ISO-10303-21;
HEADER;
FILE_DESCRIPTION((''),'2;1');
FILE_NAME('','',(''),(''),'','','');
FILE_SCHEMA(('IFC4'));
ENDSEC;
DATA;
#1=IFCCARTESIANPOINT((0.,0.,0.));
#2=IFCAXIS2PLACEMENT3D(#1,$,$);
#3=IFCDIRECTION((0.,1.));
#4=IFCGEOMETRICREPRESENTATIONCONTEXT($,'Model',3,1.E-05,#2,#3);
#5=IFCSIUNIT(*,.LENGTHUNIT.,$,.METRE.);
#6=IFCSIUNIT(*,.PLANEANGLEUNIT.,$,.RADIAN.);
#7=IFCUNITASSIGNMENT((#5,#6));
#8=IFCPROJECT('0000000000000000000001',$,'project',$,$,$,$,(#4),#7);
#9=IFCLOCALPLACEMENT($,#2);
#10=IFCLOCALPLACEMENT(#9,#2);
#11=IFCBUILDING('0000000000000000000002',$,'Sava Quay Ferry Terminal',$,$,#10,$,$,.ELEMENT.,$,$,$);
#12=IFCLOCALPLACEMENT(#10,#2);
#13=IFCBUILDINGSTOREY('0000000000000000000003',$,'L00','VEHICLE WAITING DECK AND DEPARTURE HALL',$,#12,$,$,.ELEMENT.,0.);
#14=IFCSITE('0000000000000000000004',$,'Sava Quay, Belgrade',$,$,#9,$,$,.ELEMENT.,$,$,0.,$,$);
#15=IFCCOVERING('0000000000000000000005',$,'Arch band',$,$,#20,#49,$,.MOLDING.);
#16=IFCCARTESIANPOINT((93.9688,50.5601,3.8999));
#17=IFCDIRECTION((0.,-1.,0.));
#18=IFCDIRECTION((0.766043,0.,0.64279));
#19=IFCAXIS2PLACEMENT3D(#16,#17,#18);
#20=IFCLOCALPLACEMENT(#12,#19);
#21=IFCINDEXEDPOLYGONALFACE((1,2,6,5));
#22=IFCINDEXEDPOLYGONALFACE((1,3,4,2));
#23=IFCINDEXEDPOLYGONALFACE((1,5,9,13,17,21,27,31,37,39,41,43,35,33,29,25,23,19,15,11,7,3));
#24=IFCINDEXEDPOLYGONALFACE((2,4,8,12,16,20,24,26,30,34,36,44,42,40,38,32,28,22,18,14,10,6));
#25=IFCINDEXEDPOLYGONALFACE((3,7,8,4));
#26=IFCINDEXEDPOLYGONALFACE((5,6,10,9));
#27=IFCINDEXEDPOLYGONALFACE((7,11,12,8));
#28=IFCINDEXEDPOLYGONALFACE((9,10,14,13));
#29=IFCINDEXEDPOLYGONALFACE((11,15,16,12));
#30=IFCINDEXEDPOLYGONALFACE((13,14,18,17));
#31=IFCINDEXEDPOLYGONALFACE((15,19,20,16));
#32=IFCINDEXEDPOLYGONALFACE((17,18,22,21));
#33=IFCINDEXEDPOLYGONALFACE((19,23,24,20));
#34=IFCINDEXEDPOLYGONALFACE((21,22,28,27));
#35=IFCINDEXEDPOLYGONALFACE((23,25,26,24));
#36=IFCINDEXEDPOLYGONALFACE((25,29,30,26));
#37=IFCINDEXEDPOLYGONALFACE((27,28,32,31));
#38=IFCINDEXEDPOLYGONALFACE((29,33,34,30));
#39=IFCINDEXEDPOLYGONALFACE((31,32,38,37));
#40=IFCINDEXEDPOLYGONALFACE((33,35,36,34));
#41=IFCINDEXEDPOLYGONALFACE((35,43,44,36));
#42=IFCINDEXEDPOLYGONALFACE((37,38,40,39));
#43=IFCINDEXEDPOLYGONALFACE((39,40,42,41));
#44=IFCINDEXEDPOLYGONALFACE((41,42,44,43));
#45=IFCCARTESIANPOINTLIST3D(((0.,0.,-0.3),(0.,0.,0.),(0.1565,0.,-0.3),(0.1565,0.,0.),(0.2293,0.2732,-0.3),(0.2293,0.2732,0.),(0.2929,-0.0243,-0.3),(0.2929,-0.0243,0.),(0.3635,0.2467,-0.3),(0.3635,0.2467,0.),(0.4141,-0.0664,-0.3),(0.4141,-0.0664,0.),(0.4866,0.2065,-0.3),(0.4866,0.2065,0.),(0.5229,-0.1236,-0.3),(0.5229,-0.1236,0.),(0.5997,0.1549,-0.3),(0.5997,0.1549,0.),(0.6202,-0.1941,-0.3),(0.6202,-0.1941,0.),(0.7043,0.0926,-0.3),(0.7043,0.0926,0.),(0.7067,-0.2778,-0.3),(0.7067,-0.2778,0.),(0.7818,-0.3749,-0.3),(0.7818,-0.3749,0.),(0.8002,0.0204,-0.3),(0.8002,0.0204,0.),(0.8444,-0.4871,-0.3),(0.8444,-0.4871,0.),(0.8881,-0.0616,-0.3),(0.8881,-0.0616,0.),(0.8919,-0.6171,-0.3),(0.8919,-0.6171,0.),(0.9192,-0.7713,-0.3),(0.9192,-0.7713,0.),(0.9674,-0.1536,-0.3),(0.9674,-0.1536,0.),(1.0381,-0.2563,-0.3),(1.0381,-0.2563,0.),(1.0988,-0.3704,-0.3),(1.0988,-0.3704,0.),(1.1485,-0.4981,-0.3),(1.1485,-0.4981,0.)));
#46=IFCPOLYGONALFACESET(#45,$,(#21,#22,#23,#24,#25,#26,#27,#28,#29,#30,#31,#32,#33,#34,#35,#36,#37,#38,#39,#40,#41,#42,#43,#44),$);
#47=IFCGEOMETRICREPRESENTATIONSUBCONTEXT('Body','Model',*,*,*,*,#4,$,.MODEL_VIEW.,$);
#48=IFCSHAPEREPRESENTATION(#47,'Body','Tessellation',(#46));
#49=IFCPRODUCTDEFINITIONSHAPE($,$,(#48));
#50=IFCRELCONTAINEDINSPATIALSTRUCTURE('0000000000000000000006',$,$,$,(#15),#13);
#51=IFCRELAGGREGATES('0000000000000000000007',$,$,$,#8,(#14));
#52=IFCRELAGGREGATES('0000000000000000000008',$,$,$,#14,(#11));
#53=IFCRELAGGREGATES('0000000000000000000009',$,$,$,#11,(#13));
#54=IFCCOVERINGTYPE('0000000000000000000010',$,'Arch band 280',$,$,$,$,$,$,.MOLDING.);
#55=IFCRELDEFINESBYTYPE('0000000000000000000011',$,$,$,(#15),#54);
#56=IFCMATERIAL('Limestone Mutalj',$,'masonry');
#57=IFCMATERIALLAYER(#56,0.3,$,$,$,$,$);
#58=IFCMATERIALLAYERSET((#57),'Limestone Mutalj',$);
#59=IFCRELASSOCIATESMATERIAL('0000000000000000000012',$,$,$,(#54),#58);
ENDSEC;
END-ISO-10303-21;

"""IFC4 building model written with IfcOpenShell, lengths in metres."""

from ifc_helpers import new_model, si_unit, direction, frame, origin, place, context, subcontext, project, spatial, polyline, outline, extrude, material, layer, layer_set, type_object, element, save


model = new_model("IFC4")

# Units and contexts
model_context = context("Model", 3, precision=1e-05, world=origin(), true_north=direction((0.0, 1.0)))
body_context = subcontext(model_context, "Body", "Model", "MODEL_VIEW")
ifc_project = project(units=[si_unit("LENGTHUNIT", "METRE"), si_unit("PLANEANGLEUNIT", "RADIAN")], contexts=[model_context])

# Site, building, storey
site_placement = place(None, origin())
site = spatial("IfcSite", under=ifc_project, at=site_placement, Name="Sava Quay, Belgrade", CompositionType="ELEMENT", RefElevation=0.0)
building_placement = place(site_placement, origin())
building = spatial("IfcBuilding", under=site, at=building_placement, Name="Sava Quay Ferry Terminal", CompositionType="ELEMENT")
storey_placement = place(building_placement, origin())
storey = spatial("IfcBuildingStorey", under=building, at=storey_placement, Name="L00", Description="VEHICLE WAITING DECK AND DEPARTURE HALL", CompositionType="ELEMENT", Elevation=0.0)

# Covering
ifc_material_1 = material(Name="Limestone Mutalj", Category="masonry")
ifc_layer_1 = layer(ifc_material_1, 0.3)
ifc_layer_set_1 = layer_set([ifc_layer_1], Name="Limestone Mutalj")
covering_type_1 = type_object("IfcCoveringType", Name="Arch band 280", PredefinedType="MOLDING", material=ifc_layer_set_1)
for number, where, z_axis, x_axis, name in (
    (1, (93.9688, 50.5601, 3.8999), (0.0, -1.0, 0.0), (0.766043, 0.0, 0.64279), "Arch band"),
):
    element("IfcCovering", number, at=place(storey_placement, frame(where, z_axis=z_axis, x_axis=x_axis)), inside=storey, type_object=covering_type_1, Name=name, PredefinedType="MOLDING", context=body_context, shape_type="SweptSolid", body=[
        extrude(outline(polyline([(0.0, 0.0), (0.1565, 0.0), (0.2929, -0.0243), (0.4141, -0.0664), (0.5229, -0.1236), (0.6202, -0.1941), (0.7067, -0.2778), (0.7818, -0.3749), (0.8444, -0.4871), (0.8919, -0.6171), (0.9192, -0.7713), (1.1485, -0.4981), (1.0988, -0.3704), (1.0381, -0.2563), (0.9674, -0.1536), (0.8881, -0.0616), (0.8002, 0.0204), (0.7043, 0.0926), (0.5997, 0.1549), (0.4866, 0.2065), (0.3635, 0.2467), (0.2293, 0.2732), (0.0, 0.0)])), origin(), (0.0, 0.0, -1.0), 0.3),
    ])

save(model, "model.ifc")
